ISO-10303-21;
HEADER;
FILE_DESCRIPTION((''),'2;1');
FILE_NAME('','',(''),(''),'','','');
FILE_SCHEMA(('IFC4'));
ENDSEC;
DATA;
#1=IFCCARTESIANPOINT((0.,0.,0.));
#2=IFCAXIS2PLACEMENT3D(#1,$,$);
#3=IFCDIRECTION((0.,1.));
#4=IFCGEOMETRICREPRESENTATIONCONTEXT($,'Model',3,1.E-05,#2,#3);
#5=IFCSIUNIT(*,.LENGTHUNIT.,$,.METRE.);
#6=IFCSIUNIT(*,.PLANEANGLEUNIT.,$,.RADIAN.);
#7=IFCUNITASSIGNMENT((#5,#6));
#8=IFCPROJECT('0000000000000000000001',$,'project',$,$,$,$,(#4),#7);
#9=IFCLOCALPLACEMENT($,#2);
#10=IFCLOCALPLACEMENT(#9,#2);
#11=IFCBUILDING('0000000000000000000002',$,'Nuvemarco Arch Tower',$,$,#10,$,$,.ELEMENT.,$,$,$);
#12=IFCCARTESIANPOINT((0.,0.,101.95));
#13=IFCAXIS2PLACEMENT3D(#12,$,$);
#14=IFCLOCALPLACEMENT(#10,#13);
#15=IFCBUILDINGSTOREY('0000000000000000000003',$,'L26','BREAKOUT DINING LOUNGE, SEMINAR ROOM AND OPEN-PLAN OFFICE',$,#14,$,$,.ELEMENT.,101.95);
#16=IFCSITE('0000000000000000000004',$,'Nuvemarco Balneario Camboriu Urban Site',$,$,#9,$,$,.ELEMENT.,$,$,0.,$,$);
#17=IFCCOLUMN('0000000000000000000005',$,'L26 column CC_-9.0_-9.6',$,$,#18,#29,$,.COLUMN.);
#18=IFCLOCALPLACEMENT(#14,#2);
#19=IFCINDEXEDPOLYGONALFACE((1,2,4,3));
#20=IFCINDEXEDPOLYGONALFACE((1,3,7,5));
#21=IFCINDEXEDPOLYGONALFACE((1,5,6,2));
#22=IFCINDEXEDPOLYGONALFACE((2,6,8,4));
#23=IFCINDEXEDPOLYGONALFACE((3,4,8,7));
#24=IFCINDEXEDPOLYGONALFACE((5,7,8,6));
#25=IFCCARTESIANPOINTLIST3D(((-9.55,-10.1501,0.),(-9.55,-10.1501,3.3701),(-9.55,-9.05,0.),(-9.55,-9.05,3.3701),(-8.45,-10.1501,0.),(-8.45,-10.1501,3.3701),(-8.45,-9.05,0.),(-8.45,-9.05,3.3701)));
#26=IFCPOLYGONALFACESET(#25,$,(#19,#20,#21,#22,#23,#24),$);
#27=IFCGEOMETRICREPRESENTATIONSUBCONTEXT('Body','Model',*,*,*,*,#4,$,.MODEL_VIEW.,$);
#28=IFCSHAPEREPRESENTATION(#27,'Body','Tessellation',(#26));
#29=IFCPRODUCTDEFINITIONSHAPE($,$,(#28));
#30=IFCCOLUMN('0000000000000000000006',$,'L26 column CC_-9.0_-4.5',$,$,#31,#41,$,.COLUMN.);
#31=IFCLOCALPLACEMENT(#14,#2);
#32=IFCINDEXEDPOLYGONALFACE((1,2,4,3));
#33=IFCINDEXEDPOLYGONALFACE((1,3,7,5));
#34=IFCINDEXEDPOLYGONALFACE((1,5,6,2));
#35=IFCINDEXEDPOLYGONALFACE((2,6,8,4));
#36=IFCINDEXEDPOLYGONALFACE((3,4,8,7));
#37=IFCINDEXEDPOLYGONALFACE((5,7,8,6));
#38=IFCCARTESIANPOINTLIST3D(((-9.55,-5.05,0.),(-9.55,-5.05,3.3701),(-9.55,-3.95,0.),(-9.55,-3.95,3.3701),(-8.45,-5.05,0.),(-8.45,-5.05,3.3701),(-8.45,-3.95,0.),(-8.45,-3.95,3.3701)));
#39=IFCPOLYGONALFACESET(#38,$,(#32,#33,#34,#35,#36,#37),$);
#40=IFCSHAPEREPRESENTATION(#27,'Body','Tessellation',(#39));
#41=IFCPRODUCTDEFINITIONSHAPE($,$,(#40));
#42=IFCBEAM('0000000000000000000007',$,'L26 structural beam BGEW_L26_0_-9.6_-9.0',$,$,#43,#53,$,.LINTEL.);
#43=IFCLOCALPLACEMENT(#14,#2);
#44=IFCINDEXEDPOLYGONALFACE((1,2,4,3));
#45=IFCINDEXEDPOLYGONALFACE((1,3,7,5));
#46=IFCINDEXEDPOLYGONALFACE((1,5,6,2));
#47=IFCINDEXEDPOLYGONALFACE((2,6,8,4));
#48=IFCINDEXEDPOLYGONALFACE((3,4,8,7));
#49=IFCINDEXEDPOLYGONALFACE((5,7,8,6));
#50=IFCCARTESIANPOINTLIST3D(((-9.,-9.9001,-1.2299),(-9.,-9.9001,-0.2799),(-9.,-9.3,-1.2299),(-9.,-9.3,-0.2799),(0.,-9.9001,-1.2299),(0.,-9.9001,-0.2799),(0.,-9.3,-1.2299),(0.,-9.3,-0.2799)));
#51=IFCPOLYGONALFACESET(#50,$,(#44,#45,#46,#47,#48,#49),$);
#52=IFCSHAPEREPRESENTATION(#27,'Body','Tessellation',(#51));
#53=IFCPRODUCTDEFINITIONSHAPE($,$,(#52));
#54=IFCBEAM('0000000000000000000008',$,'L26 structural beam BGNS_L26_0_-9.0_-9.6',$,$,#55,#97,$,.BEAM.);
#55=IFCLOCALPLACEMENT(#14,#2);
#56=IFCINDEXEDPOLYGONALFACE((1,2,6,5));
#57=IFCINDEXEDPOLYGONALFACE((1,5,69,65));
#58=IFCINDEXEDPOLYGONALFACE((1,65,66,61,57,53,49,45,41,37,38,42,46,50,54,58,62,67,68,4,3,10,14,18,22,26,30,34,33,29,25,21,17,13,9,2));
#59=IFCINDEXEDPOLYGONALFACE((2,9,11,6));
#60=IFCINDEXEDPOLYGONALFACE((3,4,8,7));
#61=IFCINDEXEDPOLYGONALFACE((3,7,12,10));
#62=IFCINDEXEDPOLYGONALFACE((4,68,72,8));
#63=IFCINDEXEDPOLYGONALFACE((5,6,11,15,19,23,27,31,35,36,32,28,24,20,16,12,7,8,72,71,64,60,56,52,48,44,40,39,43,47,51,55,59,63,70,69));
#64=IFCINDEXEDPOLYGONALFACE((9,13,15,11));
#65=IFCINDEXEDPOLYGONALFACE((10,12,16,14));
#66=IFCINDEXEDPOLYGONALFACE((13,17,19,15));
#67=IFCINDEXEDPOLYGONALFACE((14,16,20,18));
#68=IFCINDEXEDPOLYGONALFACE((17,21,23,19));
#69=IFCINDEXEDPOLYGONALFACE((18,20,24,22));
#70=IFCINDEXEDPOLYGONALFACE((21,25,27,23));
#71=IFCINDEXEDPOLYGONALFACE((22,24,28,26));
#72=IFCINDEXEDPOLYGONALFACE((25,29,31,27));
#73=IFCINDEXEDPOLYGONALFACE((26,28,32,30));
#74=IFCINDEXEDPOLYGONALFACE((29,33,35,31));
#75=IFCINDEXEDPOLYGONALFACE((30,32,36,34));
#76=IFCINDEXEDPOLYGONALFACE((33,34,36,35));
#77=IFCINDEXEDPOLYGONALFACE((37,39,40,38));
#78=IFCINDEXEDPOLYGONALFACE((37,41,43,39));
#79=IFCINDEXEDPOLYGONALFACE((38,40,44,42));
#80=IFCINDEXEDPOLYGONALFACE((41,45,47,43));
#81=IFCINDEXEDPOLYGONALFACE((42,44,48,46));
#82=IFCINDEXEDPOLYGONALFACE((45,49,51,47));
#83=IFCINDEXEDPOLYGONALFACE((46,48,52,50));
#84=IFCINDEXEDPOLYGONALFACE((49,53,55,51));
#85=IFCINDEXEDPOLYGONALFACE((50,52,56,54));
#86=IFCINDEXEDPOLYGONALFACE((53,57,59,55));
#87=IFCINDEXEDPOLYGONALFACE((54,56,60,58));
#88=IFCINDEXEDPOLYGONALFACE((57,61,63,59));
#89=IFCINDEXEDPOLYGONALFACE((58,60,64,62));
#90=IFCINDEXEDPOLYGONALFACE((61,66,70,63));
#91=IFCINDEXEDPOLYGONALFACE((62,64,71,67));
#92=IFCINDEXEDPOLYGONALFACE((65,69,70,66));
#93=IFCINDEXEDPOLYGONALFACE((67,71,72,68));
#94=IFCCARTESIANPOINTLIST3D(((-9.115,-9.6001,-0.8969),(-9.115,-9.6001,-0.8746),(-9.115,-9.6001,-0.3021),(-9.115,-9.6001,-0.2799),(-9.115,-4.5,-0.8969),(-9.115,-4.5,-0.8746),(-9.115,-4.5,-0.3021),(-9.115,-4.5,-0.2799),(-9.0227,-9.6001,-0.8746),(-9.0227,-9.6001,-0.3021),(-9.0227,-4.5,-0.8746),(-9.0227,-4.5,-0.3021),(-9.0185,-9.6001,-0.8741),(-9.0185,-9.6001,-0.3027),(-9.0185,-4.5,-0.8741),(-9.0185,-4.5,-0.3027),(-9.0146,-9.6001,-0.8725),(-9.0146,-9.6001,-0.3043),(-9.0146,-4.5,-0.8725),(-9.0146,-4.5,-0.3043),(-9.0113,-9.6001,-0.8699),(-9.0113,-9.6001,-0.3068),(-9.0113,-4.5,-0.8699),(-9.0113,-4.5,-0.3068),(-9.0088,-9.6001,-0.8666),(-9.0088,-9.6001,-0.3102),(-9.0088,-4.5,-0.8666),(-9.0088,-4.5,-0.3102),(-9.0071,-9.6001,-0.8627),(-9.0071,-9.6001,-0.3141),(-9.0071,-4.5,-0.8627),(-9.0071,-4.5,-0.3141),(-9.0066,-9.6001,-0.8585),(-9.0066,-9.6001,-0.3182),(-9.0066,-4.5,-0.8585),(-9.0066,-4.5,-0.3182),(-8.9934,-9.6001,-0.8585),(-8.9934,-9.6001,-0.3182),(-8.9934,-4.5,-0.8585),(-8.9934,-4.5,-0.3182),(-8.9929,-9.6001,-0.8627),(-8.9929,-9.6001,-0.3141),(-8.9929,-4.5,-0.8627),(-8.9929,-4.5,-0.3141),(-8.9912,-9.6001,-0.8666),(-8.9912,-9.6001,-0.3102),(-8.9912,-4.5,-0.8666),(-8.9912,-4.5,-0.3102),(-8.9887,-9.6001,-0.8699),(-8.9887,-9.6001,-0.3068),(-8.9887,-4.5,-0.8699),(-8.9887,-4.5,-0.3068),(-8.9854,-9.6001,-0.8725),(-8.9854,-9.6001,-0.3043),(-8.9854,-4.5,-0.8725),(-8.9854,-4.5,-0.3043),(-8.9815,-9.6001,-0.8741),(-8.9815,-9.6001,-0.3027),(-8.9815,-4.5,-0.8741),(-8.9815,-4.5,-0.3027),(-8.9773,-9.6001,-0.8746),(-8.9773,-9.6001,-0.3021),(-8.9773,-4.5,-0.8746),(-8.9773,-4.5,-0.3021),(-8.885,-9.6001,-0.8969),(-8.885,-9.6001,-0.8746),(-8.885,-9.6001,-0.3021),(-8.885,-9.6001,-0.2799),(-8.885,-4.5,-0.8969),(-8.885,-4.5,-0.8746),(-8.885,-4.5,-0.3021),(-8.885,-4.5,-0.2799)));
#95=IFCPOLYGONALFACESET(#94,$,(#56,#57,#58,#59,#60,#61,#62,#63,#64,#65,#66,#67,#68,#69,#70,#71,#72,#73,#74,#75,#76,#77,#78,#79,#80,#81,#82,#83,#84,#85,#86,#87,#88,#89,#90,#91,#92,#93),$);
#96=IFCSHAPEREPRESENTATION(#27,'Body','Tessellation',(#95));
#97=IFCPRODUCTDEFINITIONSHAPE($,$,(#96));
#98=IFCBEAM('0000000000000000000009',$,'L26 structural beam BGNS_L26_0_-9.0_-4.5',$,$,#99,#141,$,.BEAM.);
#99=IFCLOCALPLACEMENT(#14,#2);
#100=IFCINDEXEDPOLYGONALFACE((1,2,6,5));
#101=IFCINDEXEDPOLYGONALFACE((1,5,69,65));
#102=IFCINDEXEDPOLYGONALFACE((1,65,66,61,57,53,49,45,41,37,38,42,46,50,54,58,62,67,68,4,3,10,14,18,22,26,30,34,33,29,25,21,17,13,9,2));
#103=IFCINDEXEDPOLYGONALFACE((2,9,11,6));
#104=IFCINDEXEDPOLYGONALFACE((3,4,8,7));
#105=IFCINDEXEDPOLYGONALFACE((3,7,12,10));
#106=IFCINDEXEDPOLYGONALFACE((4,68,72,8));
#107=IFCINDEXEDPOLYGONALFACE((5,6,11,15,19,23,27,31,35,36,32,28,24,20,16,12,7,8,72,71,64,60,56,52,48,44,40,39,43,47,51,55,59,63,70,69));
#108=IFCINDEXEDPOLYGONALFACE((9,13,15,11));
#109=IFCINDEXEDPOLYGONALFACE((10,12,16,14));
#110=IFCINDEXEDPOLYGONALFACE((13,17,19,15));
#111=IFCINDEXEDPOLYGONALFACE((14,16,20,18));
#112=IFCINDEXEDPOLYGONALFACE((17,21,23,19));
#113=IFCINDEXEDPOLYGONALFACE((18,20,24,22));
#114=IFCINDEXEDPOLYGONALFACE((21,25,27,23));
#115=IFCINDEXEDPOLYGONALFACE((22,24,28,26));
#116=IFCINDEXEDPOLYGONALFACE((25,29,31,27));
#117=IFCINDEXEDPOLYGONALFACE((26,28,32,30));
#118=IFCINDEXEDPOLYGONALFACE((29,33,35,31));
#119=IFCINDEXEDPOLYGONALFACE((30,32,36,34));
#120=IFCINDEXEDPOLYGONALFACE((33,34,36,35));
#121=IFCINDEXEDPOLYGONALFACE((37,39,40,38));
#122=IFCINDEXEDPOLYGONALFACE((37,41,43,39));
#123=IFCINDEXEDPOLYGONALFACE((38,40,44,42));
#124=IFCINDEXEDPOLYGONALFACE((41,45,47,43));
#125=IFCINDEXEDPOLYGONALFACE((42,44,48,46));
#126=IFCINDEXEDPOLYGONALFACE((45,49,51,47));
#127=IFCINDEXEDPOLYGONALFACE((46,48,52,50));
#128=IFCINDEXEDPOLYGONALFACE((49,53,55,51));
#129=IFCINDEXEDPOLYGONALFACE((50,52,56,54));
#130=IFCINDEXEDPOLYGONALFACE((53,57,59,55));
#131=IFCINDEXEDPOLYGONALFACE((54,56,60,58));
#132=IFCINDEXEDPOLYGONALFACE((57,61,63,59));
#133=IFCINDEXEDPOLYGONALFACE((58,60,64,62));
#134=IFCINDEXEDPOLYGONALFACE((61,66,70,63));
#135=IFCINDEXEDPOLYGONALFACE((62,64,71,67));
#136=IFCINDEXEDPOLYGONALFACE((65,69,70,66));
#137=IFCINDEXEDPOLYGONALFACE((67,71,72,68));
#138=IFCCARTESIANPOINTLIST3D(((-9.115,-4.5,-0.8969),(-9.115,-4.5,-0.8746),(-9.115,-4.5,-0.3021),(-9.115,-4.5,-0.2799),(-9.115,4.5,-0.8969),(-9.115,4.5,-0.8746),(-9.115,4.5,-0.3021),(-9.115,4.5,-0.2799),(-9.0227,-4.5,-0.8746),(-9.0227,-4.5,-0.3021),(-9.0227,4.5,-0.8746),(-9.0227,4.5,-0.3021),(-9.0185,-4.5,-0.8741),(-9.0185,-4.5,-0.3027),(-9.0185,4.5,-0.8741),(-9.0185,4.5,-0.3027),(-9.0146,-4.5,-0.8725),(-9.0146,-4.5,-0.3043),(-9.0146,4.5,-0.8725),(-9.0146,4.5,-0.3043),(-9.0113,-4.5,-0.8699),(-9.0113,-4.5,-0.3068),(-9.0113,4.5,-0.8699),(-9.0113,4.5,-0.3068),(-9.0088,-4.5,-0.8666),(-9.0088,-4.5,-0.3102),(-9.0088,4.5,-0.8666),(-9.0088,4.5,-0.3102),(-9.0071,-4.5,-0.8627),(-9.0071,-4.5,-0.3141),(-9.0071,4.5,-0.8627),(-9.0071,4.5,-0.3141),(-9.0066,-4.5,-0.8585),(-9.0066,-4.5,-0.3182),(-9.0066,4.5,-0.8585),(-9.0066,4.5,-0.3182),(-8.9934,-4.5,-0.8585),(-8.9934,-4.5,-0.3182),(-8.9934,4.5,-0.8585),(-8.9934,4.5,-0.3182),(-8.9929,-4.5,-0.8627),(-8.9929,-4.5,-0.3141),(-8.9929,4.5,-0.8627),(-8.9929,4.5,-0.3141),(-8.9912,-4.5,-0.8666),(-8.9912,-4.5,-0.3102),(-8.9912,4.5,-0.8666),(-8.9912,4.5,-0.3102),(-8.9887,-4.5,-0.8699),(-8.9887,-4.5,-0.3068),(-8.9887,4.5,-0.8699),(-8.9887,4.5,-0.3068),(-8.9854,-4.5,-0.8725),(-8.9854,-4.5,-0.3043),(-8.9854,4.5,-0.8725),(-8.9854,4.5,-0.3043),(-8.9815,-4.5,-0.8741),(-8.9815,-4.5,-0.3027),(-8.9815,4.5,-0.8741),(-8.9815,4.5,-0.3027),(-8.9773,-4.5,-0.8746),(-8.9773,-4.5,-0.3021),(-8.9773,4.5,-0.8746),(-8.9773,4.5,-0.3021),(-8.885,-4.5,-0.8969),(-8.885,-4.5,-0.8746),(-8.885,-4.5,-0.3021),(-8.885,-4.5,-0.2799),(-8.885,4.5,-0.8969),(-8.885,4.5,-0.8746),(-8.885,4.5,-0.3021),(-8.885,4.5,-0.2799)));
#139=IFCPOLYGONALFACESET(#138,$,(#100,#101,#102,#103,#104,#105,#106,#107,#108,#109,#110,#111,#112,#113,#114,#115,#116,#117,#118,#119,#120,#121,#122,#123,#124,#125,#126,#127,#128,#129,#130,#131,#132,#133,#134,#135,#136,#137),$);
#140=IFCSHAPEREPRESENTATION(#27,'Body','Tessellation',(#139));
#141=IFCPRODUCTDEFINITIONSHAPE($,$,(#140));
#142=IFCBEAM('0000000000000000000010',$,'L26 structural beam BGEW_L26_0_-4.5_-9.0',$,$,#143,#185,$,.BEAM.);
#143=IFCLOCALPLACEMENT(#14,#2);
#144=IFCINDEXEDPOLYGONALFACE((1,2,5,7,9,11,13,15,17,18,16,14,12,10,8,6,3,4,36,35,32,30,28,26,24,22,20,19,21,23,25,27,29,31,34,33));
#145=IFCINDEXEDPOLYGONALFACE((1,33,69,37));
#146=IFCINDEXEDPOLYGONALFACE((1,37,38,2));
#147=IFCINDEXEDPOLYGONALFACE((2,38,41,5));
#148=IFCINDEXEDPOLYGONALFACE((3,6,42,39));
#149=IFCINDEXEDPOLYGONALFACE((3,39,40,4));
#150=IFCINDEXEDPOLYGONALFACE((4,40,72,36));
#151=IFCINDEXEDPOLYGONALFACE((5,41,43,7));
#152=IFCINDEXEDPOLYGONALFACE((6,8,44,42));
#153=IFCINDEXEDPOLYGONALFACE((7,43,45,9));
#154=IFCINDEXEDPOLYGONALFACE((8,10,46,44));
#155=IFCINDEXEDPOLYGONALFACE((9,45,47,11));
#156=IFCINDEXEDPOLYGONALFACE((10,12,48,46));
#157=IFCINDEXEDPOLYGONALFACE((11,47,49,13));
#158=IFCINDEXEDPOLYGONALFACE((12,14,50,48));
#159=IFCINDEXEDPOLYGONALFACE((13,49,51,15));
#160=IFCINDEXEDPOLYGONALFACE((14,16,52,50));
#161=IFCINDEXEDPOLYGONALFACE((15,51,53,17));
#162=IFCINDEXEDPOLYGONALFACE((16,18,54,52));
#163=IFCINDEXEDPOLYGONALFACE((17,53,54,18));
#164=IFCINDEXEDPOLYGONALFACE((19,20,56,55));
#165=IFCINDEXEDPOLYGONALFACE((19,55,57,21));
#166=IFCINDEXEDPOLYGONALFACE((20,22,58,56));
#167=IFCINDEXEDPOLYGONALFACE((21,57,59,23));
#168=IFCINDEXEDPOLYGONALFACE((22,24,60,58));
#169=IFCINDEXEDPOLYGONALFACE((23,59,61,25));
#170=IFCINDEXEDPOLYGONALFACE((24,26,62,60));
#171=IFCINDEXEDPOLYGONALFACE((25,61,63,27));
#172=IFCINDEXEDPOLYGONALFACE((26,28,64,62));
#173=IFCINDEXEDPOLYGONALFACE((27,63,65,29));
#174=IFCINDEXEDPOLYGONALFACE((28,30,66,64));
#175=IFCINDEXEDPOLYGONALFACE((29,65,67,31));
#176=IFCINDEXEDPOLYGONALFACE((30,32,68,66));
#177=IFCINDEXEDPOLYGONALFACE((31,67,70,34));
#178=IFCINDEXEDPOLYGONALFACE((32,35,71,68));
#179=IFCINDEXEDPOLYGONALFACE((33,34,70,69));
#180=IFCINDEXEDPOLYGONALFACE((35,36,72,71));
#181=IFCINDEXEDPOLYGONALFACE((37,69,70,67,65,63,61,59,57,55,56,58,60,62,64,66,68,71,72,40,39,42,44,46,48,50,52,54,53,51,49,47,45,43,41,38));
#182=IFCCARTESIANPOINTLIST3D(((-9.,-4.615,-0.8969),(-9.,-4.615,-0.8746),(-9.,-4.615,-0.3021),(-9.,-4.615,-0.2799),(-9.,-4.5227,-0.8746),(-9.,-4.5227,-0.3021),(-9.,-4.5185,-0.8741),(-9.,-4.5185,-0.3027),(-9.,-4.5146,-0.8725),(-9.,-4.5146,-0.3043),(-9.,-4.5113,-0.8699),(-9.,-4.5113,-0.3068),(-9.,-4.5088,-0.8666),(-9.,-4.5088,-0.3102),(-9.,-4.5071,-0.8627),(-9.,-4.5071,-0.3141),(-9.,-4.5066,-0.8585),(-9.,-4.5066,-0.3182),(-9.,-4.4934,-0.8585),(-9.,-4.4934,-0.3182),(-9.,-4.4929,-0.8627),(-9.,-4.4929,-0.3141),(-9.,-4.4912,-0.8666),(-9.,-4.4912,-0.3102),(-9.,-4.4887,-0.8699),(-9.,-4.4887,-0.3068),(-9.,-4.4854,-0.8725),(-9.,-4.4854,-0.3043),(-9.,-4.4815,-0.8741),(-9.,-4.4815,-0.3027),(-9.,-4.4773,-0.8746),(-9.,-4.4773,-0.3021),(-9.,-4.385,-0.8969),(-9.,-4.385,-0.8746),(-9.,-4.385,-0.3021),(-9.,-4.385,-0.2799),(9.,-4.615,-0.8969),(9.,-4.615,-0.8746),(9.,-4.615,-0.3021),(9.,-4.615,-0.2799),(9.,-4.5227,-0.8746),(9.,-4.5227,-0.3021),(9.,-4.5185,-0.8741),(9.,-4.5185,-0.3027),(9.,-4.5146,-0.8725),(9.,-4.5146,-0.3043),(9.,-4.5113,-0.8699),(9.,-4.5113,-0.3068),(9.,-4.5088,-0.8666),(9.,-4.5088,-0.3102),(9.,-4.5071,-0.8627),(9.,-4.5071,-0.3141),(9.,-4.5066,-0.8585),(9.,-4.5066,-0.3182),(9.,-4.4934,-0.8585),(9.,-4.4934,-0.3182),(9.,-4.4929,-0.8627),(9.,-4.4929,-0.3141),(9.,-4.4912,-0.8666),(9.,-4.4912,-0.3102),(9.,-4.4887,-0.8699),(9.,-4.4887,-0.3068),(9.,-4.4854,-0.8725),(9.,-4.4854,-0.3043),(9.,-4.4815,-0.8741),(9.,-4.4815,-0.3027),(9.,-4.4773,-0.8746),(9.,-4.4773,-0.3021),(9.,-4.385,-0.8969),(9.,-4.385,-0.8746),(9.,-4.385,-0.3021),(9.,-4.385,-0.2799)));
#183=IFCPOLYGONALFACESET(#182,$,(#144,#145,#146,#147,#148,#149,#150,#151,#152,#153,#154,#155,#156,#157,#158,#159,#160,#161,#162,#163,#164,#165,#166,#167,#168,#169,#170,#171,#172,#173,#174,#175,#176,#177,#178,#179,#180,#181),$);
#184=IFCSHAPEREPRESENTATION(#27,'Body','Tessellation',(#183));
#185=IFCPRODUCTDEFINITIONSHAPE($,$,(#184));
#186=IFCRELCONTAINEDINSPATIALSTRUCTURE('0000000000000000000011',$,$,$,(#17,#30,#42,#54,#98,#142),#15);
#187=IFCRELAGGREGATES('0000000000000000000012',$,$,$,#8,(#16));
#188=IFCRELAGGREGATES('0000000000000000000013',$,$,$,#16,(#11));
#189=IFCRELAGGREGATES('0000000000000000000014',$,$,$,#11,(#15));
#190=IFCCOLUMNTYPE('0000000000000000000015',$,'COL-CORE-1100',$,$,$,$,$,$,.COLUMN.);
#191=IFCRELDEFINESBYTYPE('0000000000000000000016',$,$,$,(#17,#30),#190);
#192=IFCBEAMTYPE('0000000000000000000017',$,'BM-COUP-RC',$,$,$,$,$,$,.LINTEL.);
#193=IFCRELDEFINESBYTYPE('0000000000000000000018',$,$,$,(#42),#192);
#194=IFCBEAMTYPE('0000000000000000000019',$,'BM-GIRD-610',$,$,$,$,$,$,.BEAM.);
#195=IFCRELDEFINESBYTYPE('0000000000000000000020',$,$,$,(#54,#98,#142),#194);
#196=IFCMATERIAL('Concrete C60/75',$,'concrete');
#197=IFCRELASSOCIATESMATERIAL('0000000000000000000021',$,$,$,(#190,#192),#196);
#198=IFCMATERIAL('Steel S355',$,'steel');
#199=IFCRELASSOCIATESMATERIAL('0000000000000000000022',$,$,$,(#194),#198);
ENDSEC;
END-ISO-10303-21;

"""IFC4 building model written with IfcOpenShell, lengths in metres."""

from ifc_helpers import new_model, si_unit, direction, frame, origin, origin_2d, place, context, subcontext, project, spatial, rectangle, i_section, extrude, material, material_profile, profile_set, type_object, element, save


model = new_model("IFC4")

# Units and contexts
model_context = context("Model", 3, precision=1e-05, world=origin(), true_north=direction((0.0, 1.0)))
body_context = subcontext(model_context, "Body", "Model", "MODEL_VIEW")
ifc_project = project(units=[si_unit("LENGTHUNIT", "METRE"), si_unit("PLANEANGLEUNIT", "RADIAN")], contexts=[model_context])

# Site, building, storey
site_placement = place(None, origin())
site = spatial("IfcSite", under=ifc_project, at=site_placement, Name="Nuvemarco Balneario Camboriu Urban Site", CompositionType="ELEMENT", RefElevation=0.0)
building_placement = place(site_placement, origin())
building = spatial("IfcBuilding", under=site, at=building_placement, Name="Nuvemarco Arch Tower", CompositionType="ELEMENT")
storey_placement = place(building_placement, frame((0.0, 0.0, 101.95)))
storey = spatial("IfcBuildingStorey", under=building, at=storey_placement, Name="L26", Description="BREAKOUT DINING LOUNGE, SEMINAR ROOM AND OPEN-PLAN OFFICE", CompositionType="ELEMENT", Elevation=101.95)

# Columns
ifc_material_1 = material(Name="Concrete C60/75", Category="concrete")
ifc_material_profile_1 = material_profile(ifc_material_1, rectangle(XDim=1.1001, YDim=1.1001, at=origin_2d()), Name="RC-COL-1100x1100")
ifc_profile_set_1 = profile_set([ifc_material_profile_1], Name="Concrete C60/75")
column_type = type_object("IfcColumnType", Name="COL-CORE-1100", PredefinedType="COLUMN", material=ifc_profile_set_1)
for number, where, z_axis, x_axis, name in (
    (1, (-9.0, -9.6001, 0.0), (0.0, 0.0, 1.0), (1.0, 0.0, 0.0), "L26 column CC_-9.0_-9.6"),
    (2, (-9.0, -4.5, 0.0), (0.0, 0.0, 1.0), (1.0, 0.0, 0.0), "L26 column CC_-9.0_-4.5"),
):
    element("IfcColumn", number, at=place(storey_placement, frame(where, z_axis=z_axis, x_axis=x_axis)), inside=storey, type_object=column_type, Name=name, PredefinedType="COLUMN", context=body_context, shape_type="SweptSolid", body=[
        extrude(rectangle(XDim=1.1001, YDim=1.1001, at=origin_2d()), origin(), (0.0, 0.0, 1.0), 3.3701),
    ])

# Beams
ifc_material_profile_2 = material_profile(ifc_material_1, rectangle(XDim=0.6001, YDim=0.95, at=origin_2d()), Name="RC-BM-600x950")
ifc_profile_set_2 = profile_set([ifc_material_profile_2], Name="Concrete C60/75")
beam_type_1 = type_object("IfcBeamType", Name="BM-COUP-RC", PredefinedType="LINTEL", material=ifc_profile_set_2)
beam_1_placement = place(storey_placement, frame((-9.0, -9.6001, -0.7549), z_axis=(1.0, 0.0, 0.0), x_axis=(0.0, 1.0, 0.0)))
element("IfcBeam", 3, at=beam_1_placement, inside=storey, type_object=beam_type_1, Name="L26 structural beam BGEW_L26_0_-9.6_-9.0", PredefinedType="LINTEL", context=body_context, shape_type="SweptSolid", body=[
    extrude(rectangle(XDim=0.6001, YDim=0.95, at=origin_2d()), origin(), (0.0, 0.0, 1.0), 9.0),
])
ifc_material_2 = material(Name="Steel S355", Category="steel")
ifc_material_profile_3 = material_profile(ifc_material_2, i_section(OverallWidth=0.23, OverallDepth=0.6169, WebThickness=0.0132, FlangeThickness=0.0222, FilletRadius=0.0161, at=origin_2d()), Name="W610x140")
ifc_profile_set_3 = profile_set([ifc_material_profile_3], Name="Steel S355")
beam_type_2 = type_object("IfcBeamType", Name="BM-GIRD-610", PredefinedType="BEAM", material=ifc_profile_set_3)
beam_2_placement = place(storey_placement, frame((-9.0, -9.6001, -0.5884), z_axis=(0.0, 1.0, 0.0), x_axis=(-1.0, 0.0, 0.0)))
element("IfcBeam", 4, at=beam_2_placement, inside=storey, type_object=beam_type_2, Name="L26 structural beam BGNS_L26_0_-9.0_-9.6", PredefinedType="BEAM", context=body_context, shape_type="SweptSolid", body=[
    extrude(i_section(OverallWidth=0.23, OverallDepth=0.6169, WebThickness=0.0132, FlangeThickness=0.0222, FilletRadius=0.0161, at=origin_2d()), origin(), (0.0, 0.0, 1.0), 5.1001),
])
beam_3_placement = place(storey_placement, frame((-9.0, -4.5, -0.5884), z_axis=(0.0, 1.0, 0.0), x_axis=(-1.0, 0.0, 0.0)))
element("IfcBeam", 5, at=beam_3_placement, inside=storey, type_object=beam_type_2, Name="L26 structural beam BGNS_L26_0_-9.0_-4.5", PredefinedType="BEAM", context=body_context, shape_type="SweptSolid", body=[
    extrude(i_section(OverallWidth=0.23, OverallDepth=0.6169, WebThickness=0.0132, FlangeThickness=0.0222, FilletRadius=0.0161, at=origin_2d()), origin(), (0.0, 0.0, 1.0), 9.0),
])
beam_4_placement = place(storey_placement, frame((-9.0, -4.5, -0.5884), z_axis=(1.0, 0.0, 0.0), x_axis=(0.0, 1.0, 0.0)))
element("IfcBeam", 6, at=beam_4_placement, inside=storey, type_object=beam_type_2, Name="L26 structural beam BGEW_L26_0_-4.5_-9.0", PredefinedType="BEAM", context=body_context, shape_type="SweptSolid", body=[
    extrude(i_section(OverallWidth=0.23, OverallDepth=0.6169, WebThickness=0.0132, FlangeThickness=0.0222, FilletRadius=0.0161, at=origin_2d()), origin(), (0.0, 0.0, 1.0), 18.0),
])

save(model, "model.ifc")
